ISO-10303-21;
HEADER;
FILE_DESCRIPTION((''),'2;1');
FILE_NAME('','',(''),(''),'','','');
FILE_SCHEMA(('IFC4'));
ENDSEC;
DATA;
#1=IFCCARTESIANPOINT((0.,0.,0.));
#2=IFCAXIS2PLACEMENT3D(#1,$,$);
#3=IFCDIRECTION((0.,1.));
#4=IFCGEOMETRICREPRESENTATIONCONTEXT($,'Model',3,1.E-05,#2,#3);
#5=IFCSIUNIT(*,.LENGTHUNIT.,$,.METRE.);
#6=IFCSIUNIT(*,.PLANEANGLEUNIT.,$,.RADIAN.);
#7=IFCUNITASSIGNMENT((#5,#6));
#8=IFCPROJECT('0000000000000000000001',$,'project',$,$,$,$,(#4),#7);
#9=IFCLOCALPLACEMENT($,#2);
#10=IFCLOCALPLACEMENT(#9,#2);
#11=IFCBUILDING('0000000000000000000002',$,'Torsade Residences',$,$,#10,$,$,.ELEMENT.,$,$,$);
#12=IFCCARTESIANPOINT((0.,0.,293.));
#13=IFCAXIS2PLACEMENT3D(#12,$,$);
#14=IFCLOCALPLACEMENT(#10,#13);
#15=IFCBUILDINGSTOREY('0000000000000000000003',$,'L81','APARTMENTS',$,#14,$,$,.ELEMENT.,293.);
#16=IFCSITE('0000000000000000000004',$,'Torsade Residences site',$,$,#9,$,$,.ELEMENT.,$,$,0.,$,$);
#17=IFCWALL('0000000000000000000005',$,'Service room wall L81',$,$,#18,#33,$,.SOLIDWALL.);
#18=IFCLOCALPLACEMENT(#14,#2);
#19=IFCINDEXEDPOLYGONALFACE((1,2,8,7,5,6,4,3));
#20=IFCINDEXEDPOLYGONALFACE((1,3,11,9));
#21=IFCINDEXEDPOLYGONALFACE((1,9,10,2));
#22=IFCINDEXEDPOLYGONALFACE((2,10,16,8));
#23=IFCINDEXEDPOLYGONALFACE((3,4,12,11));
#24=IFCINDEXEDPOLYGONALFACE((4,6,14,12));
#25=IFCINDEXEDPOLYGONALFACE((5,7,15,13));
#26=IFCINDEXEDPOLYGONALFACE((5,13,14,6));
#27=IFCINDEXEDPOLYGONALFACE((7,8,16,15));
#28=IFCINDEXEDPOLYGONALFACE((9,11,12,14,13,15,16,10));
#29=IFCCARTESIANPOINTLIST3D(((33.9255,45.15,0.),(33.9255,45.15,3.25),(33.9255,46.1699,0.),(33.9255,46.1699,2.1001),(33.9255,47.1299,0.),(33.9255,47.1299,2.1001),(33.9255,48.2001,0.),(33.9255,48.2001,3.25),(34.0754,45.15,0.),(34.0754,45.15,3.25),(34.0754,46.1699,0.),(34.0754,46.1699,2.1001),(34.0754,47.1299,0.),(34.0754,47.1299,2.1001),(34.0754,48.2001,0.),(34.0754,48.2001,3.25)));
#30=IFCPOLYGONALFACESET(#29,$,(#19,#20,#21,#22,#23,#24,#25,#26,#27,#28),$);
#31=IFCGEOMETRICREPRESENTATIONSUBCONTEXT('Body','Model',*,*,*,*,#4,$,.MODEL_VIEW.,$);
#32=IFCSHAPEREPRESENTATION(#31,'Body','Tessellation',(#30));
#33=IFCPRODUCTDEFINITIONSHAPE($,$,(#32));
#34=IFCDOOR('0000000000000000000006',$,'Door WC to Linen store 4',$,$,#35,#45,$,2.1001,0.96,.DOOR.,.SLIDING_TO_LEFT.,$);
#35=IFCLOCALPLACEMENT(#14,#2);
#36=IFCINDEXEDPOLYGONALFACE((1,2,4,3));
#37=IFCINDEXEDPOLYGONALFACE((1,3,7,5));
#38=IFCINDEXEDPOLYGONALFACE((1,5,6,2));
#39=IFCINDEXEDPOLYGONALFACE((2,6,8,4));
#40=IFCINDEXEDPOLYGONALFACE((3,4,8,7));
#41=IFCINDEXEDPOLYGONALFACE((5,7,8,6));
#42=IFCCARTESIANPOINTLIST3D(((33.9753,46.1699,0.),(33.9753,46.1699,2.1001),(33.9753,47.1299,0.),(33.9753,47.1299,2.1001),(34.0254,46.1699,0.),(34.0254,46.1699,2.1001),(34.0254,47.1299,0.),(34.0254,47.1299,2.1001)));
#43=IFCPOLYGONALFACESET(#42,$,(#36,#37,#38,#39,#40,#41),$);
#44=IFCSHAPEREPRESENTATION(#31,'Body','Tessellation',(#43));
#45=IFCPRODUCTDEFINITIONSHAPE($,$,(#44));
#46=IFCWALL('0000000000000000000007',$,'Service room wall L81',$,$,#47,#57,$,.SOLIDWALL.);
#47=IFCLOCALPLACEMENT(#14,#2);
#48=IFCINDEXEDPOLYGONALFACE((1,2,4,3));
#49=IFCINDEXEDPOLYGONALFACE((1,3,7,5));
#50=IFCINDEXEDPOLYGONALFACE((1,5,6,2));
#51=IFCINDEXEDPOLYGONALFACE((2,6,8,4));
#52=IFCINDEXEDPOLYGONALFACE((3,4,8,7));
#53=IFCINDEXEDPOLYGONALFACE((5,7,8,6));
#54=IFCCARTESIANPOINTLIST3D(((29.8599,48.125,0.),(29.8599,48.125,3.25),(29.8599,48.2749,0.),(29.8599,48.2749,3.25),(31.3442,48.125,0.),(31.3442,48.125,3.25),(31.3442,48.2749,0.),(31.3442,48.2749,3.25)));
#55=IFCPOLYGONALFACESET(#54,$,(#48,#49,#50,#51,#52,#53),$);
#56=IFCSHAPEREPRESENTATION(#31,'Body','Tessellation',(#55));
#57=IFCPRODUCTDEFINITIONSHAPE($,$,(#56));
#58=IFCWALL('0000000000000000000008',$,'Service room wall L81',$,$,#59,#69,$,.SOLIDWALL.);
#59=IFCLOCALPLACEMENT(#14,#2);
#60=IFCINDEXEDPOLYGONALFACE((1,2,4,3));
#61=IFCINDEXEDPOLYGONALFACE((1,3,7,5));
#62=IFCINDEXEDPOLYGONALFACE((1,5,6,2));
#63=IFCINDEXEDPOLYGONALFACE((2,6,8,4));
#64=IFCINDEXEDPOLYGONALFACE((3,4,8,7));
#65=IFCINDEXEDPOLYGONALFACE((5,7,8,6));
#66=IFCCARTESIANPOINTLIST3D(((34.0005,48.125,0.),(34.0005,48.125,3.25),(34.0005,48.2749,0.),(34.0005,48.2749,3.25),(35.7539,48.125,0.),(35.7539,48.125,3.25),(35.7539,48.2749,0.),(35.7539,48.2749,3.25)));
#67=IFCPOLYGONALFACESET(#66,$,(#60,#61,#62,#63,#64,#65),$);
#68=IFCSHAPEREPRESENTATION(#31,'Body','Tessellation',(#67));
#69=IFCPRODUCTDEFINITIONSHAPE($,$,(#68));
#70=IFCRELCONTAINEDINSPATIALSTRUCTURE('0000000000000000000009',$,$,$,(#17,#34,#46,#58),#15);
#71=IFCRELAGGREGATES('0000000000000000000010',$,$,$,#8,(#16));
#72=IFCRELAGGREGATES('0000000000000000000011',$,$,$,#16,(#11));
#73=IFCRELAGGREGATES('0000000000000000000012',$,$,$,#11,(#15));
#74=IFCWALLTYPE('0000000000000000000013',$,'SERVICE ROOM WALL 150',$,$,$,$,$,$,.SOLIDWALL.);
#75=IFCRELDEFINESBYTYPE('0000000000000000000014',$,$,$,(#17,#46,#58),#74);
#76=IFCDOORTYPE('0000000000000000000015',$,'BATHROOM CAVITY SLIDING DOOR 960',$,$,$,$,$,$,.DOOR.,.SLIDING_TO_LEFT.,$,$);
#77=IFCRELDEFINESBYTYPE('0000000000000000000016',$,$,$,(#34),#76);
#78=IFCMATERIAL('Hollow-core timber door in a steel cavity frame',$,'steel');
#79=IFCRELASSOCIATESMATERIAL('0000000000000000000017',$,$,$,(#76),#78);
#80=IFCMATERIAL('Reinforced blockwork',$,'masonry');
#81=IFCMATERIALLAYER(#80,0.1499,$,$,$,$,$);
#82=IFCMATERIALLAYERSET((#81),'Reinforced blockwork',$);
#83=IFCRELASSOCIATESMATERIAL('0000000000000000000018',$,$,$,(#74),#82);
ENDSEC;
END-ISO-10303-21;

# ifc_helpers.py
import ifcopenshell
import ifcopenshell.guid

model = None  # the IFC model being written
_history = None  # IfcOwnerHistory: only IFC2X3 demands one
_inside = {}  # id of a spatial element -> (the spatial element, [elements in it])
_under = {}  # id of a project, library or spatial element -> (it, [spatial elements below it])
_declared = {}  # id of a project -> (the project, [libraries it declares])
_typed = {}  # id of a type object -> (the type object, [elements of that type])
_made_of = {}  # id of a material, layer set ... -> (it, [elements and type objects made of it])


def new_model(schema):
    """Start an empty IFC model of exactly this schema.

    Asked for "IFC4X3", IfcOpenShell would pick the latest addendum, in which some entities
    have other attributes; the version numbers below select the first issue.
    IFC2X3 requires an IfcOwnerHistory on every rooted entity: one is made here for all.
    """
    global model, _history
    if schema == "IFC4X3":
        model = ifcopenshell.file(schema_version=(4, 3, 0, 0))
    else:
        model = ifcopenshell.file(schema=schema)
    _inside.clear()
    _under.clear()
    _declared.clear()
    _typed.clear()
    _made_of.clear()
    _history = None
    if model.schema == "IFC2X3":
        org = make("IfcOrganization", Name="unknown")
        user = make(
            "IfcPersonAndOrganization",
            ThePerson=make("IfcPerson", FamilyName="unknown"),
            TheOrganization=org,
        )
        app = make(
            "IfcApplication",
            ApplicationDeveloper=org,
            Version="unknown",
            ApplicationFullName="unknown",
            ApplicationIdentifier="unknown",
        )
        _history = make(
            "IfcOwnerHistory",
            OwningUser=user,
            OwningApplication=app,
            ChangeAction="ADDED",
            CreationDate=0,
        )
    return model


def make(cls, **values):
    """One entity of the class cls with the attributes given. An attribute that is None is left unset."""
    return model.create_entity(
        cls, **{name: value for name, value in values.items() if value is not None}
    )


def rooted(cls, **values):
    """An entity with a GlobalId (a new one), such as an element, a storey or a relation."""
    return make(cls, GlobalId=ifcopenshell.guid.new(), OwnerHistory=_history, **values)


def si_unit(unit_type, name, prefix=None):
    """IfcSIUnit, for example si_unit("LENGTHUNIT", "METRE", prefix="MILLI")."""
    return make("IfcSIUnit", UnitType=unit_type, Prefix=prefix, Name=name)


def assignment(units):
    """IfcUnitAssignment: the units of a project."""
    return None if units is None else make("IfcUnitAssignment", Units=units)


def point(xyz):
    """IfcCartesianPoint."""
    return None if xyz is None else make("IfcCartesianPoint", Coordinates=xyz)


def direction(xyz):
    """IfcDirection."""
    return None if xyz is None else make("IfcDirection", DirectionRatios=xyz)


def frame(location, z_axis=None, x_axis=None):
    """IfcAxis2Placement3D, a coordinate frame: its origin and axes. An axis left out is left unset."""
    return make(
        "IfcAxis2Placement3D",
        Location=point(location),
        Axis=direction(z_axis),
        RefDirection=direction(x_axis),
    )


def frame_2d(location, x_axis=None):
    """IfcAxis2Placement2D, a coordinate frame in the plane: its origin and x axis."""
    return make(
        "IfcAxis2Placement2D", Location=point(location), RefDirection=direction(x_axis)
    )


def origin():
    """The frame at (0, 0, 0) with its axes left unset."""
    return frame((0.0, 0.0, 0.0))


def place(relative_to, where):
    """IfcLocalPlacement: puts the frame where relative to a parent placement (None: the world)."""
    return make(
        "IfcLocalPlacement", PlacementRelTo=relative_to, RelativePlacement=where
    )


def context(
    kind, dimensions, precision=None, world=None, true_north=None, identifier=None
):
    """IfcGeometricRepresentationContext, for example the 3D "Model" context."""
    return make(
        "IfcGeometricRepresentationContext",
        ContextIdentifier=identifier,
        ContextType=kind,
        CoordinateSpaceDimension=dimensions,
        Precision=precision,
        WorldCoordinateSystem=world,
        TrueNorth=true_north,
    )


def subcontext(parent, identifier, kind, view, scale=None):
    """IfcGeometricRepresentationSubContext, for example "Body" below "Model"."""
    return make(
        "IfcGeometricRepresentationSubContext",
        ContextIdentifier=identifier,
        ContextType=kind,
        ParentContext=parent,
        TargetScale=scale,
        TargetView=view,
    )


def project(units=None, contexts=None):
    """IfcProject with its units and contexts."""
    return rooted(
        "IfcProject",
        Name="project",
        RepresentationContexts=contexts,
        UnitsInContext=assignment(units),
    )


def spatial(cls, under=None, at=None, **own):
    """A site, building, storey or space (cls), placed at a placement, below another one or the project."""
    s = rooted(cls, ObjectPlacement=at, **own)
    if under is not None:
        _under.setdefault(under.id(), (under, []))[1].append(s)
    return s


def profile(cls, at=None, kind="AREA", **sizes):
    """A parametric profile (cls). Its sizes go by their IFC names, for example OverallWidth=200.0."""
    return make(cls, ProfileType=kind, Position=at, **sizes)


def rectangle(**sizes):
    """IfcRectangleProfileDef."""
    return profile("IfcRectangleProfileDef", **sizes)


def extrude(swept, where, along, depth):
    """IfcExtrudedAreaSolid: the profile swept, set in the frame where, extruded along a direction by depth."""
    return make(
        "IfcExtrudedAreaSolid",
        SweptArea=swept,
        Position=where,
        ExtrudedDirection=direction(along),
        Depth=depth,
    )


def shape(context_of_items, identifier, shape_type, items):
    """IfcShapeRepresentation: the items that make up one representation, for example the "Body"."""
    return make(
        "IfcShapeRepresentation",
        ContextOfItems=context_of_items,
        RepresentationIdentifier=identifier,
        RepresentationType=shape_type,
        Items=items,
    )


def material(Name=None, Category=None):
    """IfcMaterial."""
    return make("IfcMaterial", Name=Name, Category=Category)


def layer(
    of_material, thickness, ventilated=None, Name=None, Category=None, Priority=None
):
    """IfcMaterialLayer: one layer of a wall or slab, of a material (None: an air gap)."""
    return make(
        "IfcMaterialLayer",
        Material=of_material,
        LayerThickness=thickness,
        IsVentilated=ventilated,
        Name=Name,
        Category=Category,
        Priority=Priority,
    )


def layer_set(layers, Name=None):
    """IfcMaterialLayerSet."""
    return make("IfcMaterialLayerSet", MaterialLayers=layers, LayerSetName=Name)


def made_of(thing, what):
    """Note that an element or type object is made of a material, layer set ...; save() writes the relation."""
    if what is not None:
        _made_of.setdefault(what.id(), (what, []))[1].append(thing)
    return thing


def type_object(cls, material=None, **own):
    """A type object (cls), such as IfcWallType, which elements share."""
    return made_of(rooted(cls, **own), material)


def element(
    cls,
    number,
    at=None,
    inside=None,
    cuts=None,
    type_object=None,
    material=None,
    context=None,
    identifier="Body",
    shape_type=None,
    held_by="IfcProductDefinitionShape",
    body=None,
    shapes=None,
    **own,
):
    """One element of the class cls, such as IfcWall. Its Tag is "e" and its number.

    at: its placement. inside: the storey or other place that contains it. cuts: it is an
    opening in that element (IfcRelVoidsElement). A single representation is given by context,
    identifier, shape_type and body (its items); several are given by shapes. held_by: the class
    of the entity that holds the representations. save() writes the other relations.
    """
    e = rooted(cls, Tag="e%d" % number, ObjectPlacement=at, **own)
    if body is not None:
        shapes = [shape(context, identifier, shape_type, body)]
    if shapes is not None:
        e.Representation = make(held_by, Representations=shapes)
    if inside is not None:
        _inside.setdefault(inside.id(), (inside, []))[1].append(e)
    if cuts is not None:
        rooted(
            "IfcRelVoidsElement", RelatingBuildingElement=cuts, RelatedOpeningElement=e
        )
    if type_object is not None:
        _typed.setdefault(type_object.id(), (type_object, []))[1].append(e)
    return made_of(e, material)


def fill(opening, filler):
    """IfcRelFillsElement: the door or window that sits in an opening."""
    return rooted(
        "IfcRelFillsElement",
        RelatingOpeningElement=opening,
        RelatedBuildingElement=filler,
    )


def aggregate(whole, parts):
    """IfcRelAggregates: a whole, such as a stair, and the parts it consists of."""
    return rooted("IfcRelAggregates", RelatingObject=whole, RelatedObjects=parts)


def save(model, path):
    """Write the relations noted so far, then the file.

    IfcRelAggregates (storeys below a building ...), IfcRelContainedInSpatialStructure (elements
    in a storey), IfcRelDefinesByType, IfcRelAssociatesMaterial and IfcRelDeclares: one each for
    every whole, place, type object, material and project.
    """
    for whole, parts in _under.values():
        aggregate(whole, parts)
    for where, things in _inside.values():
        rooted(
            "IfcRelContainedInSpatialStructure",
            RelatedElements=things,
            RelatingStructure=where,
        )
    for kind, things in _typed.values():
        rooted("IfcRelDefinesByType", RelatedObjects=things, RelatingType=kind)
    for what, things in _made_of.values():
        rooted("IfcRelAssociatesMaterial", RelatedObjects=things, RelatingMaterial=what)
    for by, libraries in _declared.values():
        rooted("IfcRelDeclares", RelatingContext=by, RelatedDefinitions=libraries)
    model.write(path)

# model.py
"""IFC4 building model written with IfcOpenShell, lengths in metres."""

from ifc_helpers import new_model, si_unit, direction, frame, frame_2d, origin, place, context, subcontext, project, spatial, rectangle, extrude, material, layer, layer_set, type_object, element, fill, save


model = new_model("IFC4")

# Units and contexts
model_context = context("Model", 3, precision=1e-05, world=origin(), true_north=direction((0.0, 1.0)))
body_context = subcontext(model_context, "Body", "Model", "MODEL_VIEW")
ifc_project = project(units=[si_unit("LENGTHUNIT", "METRE"), si_unit("PLANEANGLEUNIT", "RADIAN")], contexts=[model_context])

# Site, building, storey
site_placement = place(None, origin())
site = spatial("IfcSite", under=ifc_project, at=site_placement, Name="Torsade Residences site", CompositionType="ELEMENT", RefElevation=0.0)
building_placement = place(site_placement, origin())
building = spatial("IfcBuilding", under=site, at=building_placement, Name="Torsade Residences", CompositionType="ELEMENT")
storey_placement = place(building_placement, frame((0.0, 0.0, 293.0)))
storey = spatial("IfcBuildingStorey", under=building, at=storey_placement, Name="L81", Description="APARTMENTS", CompositionType="ELEMENT", Elevation=293.0)

# Shared definitions
ifc_material_1 = material(Name="Hollow-core timber door in a steel cavity frame", Category="steel")
door_type_1 = type_object("IfcDoorType", Name="BATHROOM CAVITY SLIDING DOOR 960", OperationType="SLIDING_TO_LEFT", PredefinedType="DOOR", material=ifc_material_1)

# Shared definitions
ifc_material_2 = material(Name="Reinforced blockwork", Category="masonry")
ifc_layer_1 = layer(ifc_material_2, 0.1499)
ifc_layer_set_1 = layer_set([ifc_layer_1], Name="Reinforced blockwork")
wall_type_1 = type_object("IfcWallType", Name="SERVICE ROOM WALL 150", PredefinedType="SOLIDWALL", material=ifc_layer_set_1)

# Wall, opening, door
wall_1_placement = place(storey_placement, frame((34.0005, 48.2, 0.0), z_axis=(0.0, 0.0, 1.0), x_axis=(0.0, -1.0, 0.0)))
wall_1 = element("IfcWall", 1, at=wall_1_placement, inside=storey, type_object=wall_type_1, Name="Service room wall L81", PredefinedType="SOLIDWALL", context=body_context, shape_type="SweptSolid", body=[
    extrude(rectangle(XDim=3.05, YDim=0.1499, at=frame_2d((1.5249, 0.0))), origin(), (0.0, 0.0, 1.0), 3.25),
])
opening_1_placement = place(wall_1_placement, frame((1.0701, 0.0, 0.0)))
opening_1 = element("IfcOpeningElement", 2, at=opening_1_placement, cuts=wall_1, PredefinedType="OPENING", context=body_context, shape_type="SweptSolid", body=[
    extrude(rectangle(XDim=0.96, YDim=2.1001, at=frame_2d((0.48, 1.05))), frame((0.0, 0.085, 0.0), z_axis=(0.0, -1.0, 0.0), x_axis=(1.0, 0.0, 0.0)), (0.0, 0.0, 1.0), 0.1699),
])
door_1_placement = place(opening_1_placement, origin())
door_1 = element("IfcDoor", 3, at=door_1_placement, inside=storey, type_object=door_type_1, Name="Door WC to Linen store 4", OperationType="SLIDING_TO_LEFT", OverallHeight=2.1001, OverallWidth=0.96, PredefinedType="DOOR", context=body_context, shape_type="SweptSolid", body=[
    extrude(rectangle(XDim=0.96, YDim=2.1001, at=frame_2d((0.48, 1.05))), frame((0.0, 0.0249, 0.0), z_axis=(0.0, -1.0, 0.0), x_axis=(1.0, 0.0, 0.0)), (0.0, 0.0, 1.0), 0.05),
])
fill(opening_1, door_1)

# Walls
wall_2_placement = place(storey_placement, frame((31.3442, 48.2, 0.0), z_axis=(0.0, 0.0, 1.0), x_axis=(-1.0, 0.0, 0.0)))
element("IfcWall", 4, at=wall_2_placement, inside=storey, type_object=wall_type_1, Name="Service room wall L81", PredefinedType="SOLIDWALL", context=body_context, shape_type="SweptSolid", body=[
    extrude(rectangle(XDim=1.4844, YDim=0.1499, at=frame_2d((0.7422, 0.0))), origin(), (0.0, 0.0, 1.0), 3.25),
])
wall_3_placement = place(storey_placement, frame((35.7539, 48.2, 0.0), z_axis=(0.0, 0.0, 1.0), x_axis=(-1.0, 0.0, 0.0)))
element("IfcWall", 5, at=wall_3_placement, inside=storey, type_object=wall_type_1, Name="Service room wall L81", PredefinedType="SOLIDWALL", context=body_context, shape_type="SweptSolid", body=[
    extrude(rectangle(XDim=1.7534, YDim=0.1499, at=frame_2d((0.8767, 0.0))), origin(), (0.0, 0.0, 1.0), 3.25),
])

save(model, "model.ifc")
